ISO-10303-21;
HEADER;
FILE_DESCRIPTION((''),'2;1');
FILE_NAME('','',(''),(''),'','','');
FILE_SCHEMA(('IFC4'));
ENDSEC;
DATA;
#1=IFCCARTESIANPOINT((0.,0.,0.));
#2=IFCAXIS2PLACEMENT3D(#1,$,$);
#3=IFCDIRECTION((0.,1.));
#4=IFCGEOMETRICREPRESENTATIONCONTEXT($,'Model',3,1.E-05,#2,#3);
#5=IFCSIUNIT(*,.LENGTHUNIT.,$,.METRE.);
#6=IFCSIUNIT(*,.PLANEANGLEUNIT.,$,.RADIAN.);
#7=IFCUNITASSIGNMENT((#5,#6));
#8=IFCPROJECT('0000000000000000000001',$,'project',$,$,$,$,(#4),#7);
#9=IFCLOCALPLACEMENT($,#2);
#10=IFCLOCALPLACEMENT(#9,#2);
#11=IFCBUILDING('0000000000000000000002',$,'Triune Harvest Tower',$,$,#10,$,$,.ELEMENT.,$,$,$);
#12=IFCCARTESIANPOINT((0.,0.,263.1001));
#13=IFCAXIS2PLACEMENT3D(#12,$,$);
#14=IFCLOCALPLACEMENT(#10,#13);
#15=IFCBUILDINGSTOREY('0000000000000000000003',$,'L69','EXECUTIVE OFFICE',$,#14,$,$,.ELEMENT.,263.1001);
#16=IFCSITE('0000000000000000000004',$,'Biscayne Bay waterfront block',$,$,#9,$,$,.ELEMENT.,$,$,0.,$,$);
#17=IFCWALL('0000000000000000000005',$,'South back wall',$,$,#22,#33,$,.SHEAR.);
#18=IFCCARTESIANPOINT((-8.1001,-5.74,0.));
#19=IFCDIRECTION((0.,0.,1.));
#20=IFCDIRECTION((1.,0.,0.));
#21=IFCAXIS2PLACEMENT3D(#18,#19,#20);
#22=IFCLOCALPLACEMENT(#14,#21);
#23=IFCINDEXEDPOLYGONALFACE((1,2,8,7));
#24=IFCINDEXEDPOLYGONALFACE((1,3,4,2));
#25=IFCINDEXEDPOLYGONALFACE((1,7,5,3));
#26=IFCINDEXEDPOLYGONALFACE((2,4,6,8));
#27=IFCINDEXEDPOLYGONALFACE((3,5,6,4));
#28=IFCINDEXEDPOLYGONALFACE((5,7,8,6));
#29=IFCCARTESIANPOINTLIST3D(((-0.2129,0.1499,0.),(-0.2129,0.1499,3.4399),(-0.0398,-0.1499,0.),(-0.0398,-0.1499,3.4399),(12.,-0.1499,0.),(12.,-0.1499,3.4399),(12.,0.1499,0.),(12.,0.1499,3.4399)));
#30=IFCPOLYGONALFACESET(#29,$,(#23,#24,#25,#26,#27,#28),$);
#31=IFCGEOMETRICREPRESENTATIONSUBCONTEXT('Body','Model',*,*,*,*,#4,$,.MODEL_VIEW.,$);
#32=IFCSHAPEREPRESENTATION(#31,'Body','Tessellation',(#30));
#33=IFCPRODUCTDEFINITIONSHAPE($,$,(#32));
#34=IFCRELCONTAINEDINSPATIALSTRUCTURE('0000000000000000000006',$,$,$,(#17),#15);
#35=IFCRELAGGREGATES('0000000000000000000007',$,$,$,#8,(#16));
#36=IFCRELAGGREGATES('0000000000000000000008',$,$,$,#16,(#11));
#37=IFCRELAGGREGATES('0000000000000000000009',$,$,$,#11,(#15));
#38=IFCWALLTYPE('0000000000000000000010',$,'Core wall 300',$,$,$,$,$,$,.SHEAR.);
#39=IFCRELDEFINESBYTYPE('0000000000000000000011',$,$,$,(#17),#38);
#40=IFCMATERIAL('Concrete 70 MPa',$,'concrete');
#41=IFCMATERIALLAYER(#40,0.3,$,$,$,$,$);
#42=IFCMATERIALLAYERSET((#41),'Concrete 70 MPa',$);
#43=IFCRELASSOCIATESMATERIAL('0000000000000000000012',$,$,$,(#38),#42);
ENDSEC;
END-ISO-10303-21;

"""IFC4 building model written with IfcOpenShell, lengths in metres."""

from ifc_helpers import new_model, si_unit, direction, frame, origin, place, context, subcontext, project, spatial, polyline, outline, extrude, source, transform, mapped, material, layer, layer_set, type_object, element, save


model = new_model("IFC4")

# Units and contexts
model_context = context("Model", 3, precision=1e-05, world=origin(), true_north=direction((0.0, 1.0)))
body_context = subcontext(model_context, "Body", "Model", "MODEL_VIEW")
ifc_project = project(units=[si_unit("LENGTHUNIT", "METRE"), si_unit("PLANEANGLEUNIT", "RADIAN")], contexts=[model_context])

# Site, building, storey
site_placement = place(None, origin())
site = spatial("IfcSite", under=ifc_project, at=site_placement, Name="Biscayne Bay waterfront block", CompositionType="ELEMENT", RefElevation=0.0)
building_placement = place(site_placement, origin())
building = spatial("IfcBuilding", under=site, at=building_placement, Name="Triune Harvest Tower", CompositionType="ELEMENT")
storey_placement = place(building_placement, frame((0.0, 0.0, 263.1001)))
storey = spatial("IfcBuildingStorey", under=building, at=storey_placement, Name="L69", Description="EXECUTIVE OFFICE", CompositionType="ELEMENT", Elevation=263.1001)

# Wall
ifc_material_1 = material(Name="Concrete 70 MPa", Category="concrete")
ifc_layer_1 = layer(ifc_material_1, 0.3)
ifc_layer_set_1 = layer_set([ifc_layer_1], Name="Concrete 70 MPa")
wall_type_1 = type_object("IfcWallType", Name="Core wall 300", PredefinedType="SHEAR", material=ifc_layer_set_1)
shared_shape_1 = source(origin(), body_context, "Body", "SweptSolid", [
    extrude(outline(polyline([(12.0, -0.1499), (-0.0398, -0.1499), (-0.2129, 0.1499), (12.0, 0.1499), (12.0, -0.1499)])), origin(), (0.0, 0.0, 1.0), 3.4399),
])
wall_1_placement = place(storey_placement, frame((-8.1001, -5.74, 0.0), z_axis=(0.0, 0.0, 1.0), x_axis=(1.0, 0.0, 0.0)))
element("IfcWall", 1, at=wall_1_placement, inside=storey, type_object=wall_type_1, Name="South back wall", PredefinedType="SHEAR", context=body_context, shape_type="MappedRepresentation", body=[
    mapped(shared_shape_1, transform((0.0, 0.0, 0.0), scale=1.0)),
])

save(model, "model.ifc")
